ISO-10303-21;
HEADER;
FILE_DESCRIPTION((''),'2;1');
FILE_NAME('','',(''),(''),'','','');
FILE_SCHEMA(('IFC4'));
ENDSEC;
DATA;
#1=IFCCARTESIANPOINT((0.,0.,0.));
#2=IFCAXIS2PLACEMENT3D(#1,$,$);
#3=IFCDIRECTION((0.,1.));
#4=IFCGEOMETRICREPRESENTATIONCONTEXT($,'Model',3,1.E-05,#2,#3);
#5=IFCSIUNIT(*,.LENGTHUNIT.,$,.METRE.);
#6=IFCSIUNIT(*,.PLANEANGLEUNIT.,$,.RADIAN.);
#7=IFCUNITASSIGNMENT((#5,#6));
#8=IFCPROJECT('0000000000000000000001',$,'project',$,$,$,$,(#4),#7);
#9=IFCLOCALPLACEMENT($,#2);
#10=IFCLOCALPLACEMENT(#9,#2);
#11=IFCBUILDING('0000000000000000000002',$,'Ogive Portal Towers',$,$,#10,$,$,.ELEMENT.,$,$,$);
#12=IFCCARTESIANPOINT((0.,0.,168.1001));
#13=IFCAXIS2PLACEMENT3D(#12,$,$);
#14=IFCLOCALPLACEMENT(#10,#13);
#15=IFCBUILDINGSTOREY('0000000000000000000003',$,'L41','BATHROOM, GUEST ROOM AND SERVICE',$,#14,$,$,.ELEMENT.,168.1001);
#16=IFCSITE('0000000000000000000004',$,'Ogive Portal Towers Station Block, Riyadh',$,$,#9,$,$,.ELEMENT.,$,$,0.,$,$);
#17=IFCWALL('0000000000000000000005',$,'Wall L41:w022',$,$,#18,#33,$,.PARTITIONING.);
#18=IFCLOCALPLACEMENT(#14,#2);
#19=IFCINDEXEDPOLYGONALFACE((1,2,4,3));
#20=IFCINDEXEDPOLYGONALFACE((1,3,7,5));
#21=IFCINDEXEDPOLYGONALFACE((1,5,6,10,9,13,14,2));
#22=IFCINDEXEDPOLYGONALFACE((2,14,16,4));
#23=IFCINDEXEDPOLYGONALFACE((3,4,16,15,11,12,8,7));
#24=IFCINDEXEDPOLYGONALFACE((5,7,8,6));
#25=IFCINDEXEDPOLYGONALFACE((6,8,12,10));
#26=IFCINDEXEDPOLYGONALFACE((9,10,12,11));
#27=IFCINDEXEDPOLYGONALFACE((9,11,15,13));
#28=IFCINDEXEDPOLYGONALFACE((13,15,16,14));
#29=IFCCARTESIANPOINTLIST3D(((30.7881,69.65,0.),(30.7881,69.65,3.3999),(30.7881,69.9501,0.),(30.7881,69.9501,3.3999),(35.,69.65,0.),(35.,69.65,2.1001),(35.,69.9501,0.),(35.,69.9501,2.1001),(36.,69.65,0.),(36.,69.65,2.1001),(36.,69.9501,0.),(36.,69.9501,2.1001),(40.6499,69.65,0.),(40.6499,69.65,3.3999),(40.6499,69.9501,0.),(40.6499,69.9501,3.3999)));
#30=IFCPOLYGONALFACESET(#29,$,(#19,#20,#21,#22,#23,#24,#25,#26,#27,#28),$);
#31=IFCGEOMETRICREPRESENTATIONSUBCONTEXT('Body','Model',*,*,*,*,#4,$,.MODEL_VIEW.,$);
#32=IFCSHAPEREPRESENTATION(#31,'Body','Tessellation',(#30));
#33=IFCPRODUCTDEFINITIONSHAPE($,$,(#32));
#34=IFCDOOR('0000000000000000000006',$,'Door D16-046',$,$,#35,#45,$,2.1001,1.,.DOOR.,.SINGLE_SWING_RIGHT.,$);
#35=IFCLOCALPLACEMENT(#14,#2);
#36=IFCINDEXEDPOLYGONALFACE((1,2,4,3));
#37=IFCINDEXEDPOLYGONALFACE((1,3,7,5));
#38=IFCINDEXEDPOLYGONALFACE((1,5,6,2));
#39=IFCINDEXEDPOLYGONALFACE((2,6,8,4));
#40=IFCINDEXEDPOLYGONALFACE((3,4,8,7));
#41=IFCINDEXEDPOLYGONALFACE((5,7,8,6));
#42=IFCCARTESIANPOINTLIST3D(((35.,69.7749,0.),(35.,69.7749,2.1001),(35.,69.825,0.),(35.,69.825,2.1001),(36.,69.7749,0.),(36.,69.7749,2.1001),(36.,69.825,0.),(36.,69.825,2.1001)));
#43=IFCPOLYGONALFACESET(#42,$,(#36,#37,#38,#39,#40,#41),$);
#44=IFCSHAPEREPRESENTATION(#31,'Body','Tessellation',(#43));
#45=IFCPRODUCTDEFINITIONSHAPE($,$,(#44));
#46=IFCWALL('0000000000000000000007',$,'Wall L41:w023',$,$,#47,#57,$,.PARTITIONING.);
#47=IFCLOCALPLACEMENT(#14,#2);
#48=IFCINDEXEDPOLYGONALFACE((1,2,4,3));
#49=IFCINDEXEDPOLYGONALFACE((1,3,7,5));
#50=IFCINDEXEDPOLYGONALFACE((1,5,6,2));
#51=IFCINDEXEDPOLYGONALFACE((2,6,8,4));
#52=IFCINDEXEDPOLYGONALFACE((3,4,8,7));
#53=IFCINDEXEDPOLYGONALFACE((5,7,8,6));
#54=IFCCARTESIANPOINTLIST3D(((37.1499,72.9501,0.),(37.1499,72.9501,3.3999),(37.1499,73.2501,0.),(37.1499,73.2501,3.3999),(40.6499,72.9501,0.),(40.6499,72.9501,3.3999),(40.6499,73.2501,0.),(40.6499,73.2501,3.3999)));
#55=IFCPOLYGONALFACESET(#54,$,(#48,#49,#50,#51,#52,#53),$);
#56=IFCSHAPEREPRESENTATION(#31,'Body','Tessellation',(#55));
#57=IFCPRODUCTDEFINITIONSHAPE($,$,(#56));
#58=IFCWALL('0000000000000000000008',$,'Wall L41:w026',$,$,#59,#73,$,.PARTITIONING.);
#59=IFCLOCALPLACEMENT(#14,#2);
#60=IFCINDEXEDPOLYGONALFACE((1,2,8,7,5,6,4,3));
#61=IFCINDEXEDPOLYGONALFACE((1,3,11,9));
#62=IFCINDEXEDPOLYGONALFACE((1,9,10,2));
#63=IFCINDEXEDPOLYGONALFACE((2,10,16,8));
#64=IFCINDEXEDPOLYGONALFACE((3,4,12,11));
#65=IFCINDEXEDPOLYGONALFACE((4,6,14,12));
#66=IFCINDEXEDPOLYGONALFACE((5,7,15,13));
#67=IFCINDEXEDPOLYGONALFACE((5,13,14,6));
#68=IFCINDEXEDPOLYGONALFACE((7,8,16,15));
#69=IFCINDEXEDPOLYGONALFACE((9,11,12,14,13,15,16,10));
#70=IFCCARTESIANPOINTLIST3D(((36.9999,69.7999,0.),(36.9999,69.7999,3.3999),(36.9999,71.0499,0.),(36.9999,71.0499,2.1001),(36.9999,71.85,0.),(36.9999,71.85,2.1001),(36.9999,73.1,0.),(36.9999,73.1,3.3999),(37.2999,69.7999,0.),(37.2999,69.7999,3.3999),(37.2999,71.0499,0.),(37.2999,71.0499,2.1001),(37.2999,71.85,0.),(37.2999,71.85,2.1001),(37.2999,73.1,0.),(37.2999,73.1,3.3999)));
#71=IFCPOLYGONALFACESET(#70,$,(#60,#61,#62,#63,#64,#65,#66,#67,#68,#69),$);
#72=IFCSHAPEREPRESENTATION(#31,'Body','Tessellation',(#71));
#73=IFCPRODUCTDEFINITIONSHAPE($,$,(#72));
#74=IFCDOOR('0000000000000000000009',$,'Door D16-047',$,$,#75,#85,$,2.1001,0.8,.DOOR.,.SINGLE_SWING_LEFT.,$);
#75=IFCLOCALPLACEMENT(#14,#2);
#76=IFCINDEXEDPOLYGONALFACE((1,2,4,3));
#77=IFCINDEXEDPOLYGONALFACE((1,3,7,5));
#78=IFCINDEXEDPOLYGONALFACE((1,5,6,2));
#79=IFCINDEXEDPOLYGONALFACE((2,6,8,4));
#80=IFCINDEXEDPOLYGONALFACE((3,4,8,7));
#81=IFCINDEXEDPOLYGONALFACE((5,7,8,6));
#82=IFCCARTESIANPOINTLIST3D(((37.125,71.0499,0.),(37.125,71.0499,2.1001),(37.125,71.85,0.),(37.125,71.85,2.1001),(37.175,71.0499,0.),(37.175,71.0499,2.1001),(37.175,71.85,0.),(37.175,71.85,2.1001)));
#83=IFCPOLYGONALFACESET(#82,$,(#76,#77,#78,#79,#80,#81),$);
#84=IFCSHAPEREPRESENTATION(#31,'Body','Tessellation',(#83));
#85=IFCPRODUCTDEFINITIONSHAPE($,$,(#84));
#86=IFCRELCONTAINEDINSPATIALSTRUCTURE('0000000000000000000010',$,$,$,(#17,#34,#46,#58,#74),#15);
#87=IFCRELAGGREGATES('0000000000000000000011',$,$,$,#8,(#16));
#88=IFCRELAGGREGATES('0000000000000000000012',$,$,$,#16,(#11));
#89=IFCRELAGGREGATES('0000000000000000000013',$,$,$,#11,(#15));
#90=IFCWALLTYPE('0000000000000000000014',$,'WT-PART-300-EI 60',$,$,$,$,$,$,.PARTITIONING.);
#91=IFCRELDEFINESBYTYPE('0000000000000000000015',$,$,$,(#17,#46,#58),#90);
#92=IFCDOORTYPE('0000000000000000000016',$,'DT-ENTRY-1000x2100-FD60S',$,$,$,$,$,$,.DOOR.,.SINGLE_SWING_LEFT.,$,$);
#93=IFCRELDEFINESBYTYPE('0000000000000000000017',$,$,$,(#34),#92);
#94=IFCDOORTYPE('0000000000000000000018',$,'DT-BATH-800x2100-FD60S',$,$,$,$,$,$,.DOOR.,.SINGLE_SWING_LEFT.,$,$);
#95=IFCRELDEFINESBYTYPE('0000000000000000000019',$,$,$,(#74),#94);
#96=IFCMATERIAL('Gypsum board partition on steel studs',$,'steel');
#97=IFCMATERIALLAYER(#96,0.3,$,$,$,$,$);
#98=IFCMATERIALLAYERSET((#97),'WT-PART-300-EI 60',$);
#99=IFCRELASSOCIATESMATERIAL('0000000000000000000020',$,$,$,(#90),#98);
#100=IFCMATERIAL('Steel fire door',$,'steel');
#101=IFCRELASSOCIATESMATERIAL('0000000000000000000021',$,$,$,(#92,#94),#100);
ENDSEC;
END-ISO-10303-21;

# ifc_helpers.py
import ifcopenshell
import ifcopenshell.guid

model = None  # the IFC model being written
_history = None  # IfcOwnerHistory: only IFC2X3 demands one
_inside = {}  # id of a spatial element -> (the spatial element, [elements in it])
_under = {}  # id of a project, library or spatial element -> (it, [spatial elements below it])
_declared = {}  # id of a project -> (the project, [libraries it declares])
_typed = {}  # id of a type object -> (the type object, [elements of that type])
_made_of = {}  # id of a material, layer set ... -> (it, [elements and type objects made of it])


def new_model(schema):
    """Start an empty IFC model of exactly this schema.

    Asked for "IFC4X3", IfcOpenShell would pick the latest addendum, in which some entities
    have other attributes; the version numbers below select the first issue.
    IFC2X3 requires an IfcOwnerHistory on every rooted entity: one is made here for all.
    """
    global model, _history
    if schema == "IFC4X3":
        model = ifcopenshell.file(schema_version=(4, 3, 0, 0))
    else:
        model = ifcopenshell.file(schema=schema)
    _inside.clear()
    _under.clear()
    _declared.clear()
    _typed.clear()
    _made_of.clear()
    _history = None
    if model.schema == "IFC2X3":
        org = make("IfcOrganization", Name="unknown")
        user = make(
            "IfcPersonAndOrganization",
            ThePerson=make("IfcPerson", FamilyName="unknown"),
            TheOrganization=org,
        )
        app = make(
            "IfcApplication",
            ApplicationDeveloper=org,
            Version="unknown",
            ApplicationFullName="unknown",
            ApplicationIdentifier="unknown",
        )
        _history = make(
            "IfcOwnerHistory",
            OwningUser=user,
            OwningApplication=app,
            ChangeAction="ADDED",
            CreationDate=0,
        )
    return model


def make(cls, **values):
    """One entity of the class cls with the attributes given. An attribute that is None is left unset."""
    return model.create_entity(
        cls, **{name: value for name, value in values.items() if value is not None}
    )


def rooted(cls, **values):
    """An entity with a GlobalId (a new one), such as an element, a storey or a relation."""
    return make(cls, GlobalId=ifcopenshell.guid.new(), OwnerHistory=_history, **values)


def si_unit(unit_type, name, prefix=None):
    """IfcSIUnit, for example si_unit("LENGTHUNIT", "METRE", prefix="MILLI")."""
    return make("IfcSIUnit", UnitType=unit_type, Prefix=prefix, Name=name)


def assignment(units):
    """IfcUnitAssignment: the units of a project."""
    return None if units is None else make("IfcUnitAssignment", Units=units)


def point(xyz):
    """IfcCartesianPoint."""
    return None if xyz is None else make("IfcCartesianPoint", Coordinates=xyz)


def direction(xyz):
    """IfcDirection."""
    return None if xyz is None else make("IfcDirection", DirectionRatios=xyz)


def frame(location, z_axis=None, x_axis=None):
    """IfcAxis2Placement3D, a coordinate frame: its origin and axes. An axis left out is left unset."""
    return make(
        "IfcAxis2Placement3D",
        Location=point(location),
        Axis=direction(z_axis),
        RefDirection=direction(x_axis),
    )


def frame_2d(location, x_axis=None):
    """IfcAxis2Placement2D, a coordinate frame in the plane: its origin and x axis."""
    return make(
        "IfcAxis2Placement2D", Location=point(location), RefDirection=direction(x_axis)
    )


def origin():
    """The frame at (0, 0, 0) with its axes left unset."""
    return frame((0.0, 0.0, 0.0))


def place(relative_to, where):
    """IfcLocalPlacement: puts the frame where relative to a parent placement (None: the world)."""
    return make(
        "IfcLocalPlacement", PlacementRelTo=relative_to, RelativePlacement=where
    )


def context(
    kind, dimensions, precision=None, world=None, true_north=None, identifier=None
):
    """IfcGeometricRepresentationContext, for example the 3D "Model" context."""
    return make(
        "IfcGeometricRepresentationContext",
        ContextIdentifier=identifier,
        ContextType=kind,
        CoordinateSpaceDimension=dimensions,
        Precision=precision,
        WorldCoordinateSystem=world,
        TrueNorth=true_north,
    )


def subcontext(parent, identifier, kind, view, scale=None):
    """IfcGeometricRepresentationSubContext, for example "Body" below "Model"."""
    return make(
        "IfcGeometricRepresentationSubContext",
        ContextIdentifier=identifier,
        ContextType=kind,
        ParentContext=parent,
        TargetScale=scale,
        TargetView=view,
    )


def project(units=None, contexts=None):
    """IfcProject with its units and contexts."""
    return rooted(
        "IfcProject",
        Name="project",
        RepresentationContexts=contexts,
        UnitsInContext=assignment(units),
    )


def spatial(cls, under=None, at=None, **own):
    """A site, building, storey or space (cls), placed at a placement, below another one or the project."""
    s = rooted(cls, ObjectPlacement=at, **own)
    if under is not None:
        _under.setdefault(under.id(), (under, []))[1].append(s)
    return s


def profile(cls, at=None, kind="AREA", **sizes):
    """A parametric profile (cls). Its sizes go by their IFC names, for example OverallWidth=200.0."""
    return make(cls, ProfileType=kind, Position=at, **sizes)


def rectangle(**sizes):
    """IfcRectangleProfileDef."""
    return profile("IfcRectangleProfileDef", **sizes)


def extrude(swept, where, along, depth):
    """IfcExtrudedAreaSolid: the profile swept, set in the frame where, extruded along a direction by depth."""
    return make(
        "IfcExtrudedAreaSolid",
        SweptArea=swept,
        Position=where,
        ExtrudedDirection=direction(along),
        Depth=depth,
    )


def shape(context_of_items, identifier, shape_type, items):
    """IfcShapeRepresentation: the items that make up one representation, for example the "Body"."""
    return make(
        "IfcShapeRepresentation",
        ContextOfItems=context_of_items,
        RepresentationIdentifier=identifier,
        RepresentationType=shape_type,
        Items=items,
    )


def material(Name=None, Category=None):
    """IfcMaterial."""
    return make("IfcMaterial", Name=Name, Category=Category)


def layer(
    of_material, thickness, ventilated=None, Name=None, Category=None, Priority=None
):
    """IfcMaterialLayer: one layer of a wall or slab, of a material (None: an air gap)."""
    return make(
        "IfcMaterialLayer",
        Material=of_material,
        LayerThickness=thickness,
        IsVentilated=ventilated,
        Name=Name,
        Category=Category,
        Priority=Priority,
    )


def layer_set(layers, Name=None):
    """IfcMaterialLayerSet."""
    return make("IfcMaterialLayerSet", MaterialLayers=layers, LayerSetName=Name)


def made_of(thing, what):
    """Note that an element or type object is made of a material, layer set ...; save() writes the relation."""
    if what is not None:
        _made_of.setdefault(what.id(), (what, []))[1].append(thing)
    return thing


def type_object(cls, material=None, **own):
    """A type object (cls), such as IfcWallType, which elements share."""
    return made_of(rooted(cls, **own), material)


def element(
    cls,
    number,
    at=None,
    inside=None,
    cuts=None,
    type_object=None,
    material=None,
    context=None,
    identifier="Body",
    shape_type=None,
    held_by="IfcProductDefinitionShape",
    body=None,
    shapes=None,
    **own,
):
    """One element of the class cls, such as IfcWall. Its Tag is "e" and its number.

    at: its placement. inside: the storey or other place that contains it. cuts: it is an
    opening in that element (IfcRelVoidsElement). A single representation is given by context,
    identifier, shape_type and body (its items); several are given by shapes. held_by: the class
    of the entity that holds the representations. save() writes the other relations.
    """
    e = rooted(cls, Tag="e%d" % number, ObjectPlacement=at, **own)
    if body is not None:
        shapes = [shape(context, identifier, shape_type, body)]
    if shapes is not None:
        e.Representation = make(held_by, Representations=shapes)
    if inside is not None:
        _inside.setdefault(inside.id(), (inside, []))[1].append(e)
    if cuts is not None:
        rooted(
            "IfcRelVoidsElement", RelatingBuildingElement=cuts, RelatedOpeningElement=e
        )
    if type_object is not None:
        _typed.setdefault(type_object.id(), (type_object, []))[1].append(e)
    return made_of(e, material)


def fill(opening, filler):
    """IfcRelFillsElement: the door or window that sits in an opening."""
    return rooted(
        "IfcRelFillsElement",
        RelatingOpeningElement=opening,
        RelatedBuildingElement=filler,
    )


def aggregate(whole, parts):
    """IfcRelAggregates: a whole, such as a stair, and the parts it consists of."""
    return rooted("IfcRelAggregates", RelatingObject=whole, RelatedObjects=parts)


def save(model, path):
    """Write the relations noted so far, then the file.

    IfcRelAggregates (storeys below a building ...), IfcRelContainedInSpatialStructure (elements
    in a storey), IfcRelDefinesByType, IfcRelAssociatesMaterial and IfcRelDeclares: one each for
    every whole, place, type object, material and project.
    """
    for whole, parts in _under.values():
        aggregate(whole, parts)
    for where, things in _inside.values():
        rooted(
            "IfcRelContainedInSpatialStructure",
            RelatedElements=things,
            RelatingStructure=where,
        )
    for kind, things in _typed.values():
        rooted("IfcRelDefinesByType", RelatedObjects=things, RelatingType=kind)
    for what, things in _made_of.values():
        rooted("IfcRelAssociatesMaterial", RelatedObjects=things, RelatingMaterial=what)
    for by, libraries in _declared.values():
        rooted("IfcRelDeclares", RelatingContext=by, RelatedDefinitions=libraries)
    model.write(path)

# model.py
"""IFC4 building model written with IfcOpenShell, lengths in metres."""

from ifc_helpers import new_model, si_unit, direction, frame, frame_2d, origin, place, context, subcontext, project, spatial, rectangle, extrude, material, layer, layer_set, type_object, element, fill, save


model = new_model("IFC4")

# Units and contexts
model_context = context("Model", 3, precision=1e-05, world=origin(), true_north=direction((0.0, 1.0)))
body_context = subcontext(model_context, "Body", "Model", "MODEL_VIEW")
ifc_project = project(units=[si_unit("LENGTHUNIT", "METRE"), si_unit("PLANEANGLEUNIT", "RADIAN")], contexts=[model_context])

# Site, building, storey
site_placement = place(None, origin())
site = spatial("IfcSite", under=ifc_project, at=site_placement, Name="Ogive Portal Towers Station Block, Riyadh", CompositionType="ELEMENT", RefElevation=0.0)
building_placement = place(site_placement, origin())
building = spatial("IfcBuilding", under=site, at=building_placement, Name="Ogive Portal Towers", CompositionType="ELEMENT")
storey_placement = place(building_placement, frame((0.0, 0.0, 168.1001)))
storey = spatial("IfcBuildingStorey", under=building, at=storey_placement, Name="L41", Description="BATHROOM, GUEST ROOM AND SERVICE", CompositionType="ELEMENT", Elevation=168.1001)

# Wall, opening, door
ifc_material_1 = material(Name="Gypsum board partition on steel studs", Category="steel")
ifc_layer_1 = layer(ifc_material_1, 0.3)
ifc_layer_set_1 = layer_set([ifc_layer_1], Name="WT-PART-300-EI 60")
wall_type_1 = type_object("IfcWallType", Name="WT-PART-300-EI 60", PredefinedType="PARTITIONING", material=ifc_layer_set_1)
wall_1_placement = place(storey_placement, frame((30.7881, 69.8, 0.0), z_axis=(0.0, 0.0, 1.0), x_axis=(1.0, 0.0, 0.0)))
wall_1 = element("IfcWall", 1, at=wall_1_placement, inside=storey, type_object=wall_type_1, Name="Wall L41:w022", PredefinedType="PARTITIONING", context=body_context, shape_type="SweptSolid", body=[
    extrude(rectangle(XDim=9.8618, YDim=0.3, at=frame_2d((4.9309, 0.0))), origin(), (0.0, 0.0, 1.0), 3.3999),
])
opening_1_placement = place(wall_1_placement, frame((4.2119, 0.0, 0.0)))
opening_1 = element("IfcOpeningElement", 2, at=opening_1_placement, cuts=wall_1, PredefinedType="OPENING", context=body_context, shape_type="SweptSolid", body=[
    extrude(rectangle(XDim=1.0, YDim=2.1001, at=frame_2d((0.5, 1.05))), frame((0.0, 0.1602, 0.0), z_axis=(0.0, -1.0, 0.0), x_axis=(1.0, 0.0, 0.0)), (0.0, 0.0, 1.0), 0.3201),
])
ifc_material_2 = material(Name="Steel fire door", Category="steel")
door_type_1 = type_object("IfcDoorType", Name="DT-ENTRY-1000x2100-FD60S", OperationType="SINGLE_SWING_LEFT", PredefinedType="DOOR", material=ifc_material_2)
door_1_placement = place(opening_1_placement, origin())
door_1 = element("IfcDoor", 3, at=door_1_placement, inside=storey, type_object=door_type_1, Name="Door D16-046", OperationType="SINGLE_SWING_RIGHT", OverallHeight=2.1001, OverallWidth=1.0, PredefinedType="DOOR", context=body_context, shape_type="SweptSolid", body=[
    extrude(rectangle(XDim=1.0, YDim=2.1001, at=frame_2d((0.5, 1.05))), frame((0.0, 0.0249, 0.0), z_axis=(0.0, -1.0, 0.0), x_axis=(1.0, 0.0, 0.0)), (0.0, 0.0, 1.0), 0.05),
])
fill(opening_1, door_1)

# Wall
wall_2_placement = place(storey_placement, frame((37.1499, 73.1001, 0.0), z_axis=(0.0, 0.0, 1.0), x_axis=(1.0, 0.0, 0.0)))
element("IfcWall", 4, at=wall_2_placement, inside=storey, type_object=wall_type_1, Name="Wall L41:w023", PredefinedType="PARTITIONING", context=body_context, shape_type="SweptSolid", body=[
    extrude(rectangle(XDim=3.5, YDim=0.3, at=frame_2d((1.75, 0.0))), origin(), (0.0, 0.0, 1.0), 3.3999),
])

# Wall, opening, door
wall_3_placement = place(storey_placement, frame((37.1499, 69.8, 0.0), z_axis=(0.0, 0.0, 1.0), x_axis=(0.0, 1.0, 0.0)))
wall_3 = element("IfcWall", 5, at=wall_3_placement, inside=storey, type_object=wall_type_1, Name="Wall L41:w026", PredefinedType="PARTITIONING", context=body_context, shape_type="SweptSolid", body=[
    extrude(rectangle(XDim=3.3, YDim=0.3, at=frame_2d((1.6499, 0.0))), origin(), (0.0, 0.0, 1.0), 3.3999),
])
opening_2_placement = place(wall_3_placement, frame((1.25, 0.0, 0.0)))
opening_2 = element("IfcOpeningElement", 6, at=opening_2_placement, cuts=wall_3, PredefinedType="OPENING", context=body_context, shape_type="SweptSolid", body=[
    extrude(rectangle(XDim=0.8, YDim=2.1001, at=frame_2d((0.3999, 1.05))), frame((0.0, 0.1602, 0.0), z_axis=(0.0, -1.0, 0.0), x_axis=(1.0, 0.0, 0.0)), (0.0, 0.0, 1.0), 0.3201),
])
door_type_2 = type_object("IfcDoorType", Name="DT-BATH-800x2100-FD60S", OperationType="SINGLE_SWING_LEFT", PredefinedType="DOOR", material=ifc_material_2)
door_2_placement = place(opening_2_placement, origin())
door_2 = element("IfcDoor", 7, at=door_2_placement, inside=storey, type_object=door_type_2, Name="Door D16-047", OperationType="SINGLE_SWING_LEFT", OverallHeight=2.1001, OverallWidth=0.8, PredefinedType="DOOR", context=body_context, shape_type="SweptSolid", body=[
    extrude(rectangle(XDim=0.8, YDim=2.1001, at=frame_2d((0.3999, 1.05))), frame((0.0, 0.0249, 0.0), z_axis=(0.0, -1.0, 0.0), x_axis=(1.0, 0.0, 0.0)), (0.0, 0.0, 1.0), 0.05),
])
fill(opening_2, door_2)

save(model, "model.ifc")
